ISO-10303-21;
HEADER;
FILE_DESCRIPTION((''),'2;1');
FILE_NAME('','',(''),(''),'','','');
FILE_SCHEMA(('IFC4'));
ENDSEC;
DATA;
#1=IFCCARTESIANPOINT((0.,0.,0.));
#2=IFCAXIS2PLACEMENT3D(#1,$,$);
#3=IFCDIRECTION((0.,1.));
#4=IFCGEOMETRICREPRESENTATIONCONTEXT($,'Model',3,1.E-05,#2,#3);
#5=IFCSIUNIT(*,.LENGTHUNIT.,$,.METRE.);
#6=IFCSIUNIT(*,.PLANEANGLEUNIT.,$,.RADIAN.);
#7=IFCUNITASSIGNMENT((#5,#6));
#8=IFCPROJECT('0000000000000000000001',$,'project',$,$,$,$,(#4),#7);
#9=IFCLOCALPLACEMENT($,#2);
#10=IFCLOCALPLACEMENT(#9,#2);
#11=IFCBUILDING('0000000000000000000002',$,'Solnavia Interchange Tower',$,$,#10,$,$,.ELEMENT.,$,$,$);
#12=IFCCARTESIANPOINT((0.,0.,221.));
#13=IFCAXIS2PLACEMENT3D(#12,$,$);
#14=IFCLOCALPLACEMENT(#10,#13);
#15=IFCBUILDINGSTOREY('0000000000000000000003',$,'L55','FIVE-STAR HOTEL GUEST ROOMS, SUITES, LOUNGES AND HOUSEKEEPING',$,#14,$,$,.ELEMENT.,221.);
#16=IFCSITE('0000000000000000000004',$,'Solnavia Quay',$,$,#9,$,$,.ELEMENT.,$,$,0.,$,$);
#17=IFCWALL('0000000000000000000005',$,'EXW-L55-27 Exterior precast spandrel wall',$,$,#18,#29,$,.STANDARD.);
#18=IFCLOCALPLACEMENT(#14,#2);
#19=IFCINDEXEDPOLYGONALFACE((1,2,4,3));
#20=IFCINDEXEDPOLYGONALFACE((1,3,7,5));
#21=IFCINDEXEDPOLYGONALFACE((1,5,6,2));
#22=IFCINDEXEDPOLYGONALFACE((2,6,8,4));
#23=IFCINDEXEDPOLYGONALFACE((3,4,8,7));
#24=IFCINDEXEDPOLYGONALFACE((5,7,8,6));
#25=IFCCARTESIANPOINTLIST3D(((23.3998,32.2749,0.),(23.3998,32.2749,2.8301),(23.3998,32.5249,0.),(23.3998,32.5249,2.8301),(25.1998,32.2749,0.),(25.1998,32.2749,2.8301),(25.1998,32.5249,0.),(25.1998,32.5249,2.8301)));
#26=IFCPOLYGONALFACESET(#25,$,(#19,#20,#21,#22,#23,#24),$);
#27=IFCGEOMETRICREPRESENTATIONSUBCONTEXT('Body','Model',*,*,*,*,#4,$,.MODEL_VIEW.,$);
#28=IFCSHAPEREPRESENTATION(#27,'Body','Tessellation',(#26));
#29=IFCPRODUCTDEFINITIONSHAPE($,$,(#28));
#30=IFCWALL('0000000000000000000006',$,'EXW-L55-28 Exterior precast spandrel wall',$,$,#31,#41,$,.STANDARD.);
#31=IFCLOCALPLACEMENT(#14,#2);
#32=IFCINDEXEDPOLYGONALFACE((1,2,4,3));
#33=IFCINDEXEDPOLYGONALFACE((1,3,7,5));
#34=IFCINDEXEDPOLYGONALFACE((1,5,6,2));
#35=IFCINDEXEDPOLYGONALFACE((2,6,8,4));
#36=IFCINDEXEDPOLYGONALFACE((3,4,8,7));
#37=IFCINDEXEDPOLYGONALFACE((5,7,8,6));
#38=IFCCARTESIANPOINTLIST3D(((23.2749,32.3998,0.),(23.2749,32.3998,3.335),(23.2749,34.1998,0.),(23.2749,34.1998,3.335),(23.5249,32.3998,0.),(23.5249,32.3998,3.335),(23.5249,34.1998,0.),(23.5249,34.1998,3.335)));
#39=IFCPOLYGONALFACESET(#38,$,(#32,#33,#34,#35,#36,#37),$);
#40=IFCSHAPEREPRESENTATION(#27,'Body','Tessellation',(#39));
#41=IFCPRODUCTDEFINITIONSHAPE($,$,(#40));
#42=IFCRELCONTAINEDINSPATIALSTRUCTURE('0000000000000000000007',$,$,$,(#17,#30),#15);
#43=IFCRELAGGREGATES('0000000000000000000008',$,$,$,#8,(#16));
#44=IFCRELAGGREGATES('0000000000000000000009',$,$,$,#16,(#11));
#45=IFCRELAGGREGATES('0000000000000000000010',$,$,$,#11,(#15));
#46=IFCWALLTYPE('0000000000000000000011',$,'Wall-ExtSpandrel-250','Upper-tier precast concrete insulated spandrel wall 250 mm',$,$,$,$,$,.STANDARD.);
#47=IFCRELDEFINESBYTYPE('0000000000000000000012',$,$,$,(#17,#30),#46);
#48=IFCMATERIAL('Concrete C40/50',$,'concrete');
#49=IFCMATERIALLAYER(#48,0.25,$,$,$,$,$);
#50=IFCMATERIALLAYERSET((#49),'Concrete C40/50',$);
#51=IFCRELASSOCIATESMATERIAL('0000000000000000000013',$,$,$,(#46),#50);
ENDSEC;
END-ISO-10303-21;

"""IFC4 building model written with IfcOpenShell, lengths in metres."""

from ifc_helpers import new_model, si_unit, direction, frame, frame_2d, origin, place, context, subcontext, project, spatial, rectangle, extrude, material, layer, layer_set, type_object, element, save


model = new_model("IFC4")

# Units and contexts
model_context = context("Model", 3, precision=1e-05, world=origin(), true_north=direction((0.0, 1.0)))
body_context = subcontext(model_context, "Body", "Model", "MODEL_VIEW")
ifc_project = project(units=[si_unit("LENGTHUNIT", "METRE"), si_unit("PLANEANGLEUNIT", "RADIAN")], contexts=[model_context])

# Site, building, storey
site_placement = place(None, origin())
site = spatial("IfcSite", under=ifc_project, at=site_placement, Name="Solnavia Quay", CompositionType="ELEMENT", RefElevation=0.0)
building_placement = place(site_placement, origin())
building = spatial("IfcBuilding", under=site, at=building_placement, Name="Solnavia Interchange Tower", CompositionType="ELEMENT")
storey_placement = place(building_placement, frame((0.0, 0.0, 221.0)))
storey = spatial("IfcBuildingStorey", under=building, at=storey_placement, Name="L55", Description="FIVE-STAR HOTEL GUEST ROOMS, SUITES, LOUNGES AND HOUSEKEEPING", CompositionType="ELEMENT", Elevation=221.0)

# Shared definitions
ifc_material_1 = material(Name="Concrete C40/50", Category="concrete")
ifc_layer = layer(ifc_material_1, 0.25)
ifc_layer_set = layer_set([ifc_layer], Name="Concrete C40/50")
wall_type = type_object("IfcWallType", Name="Wall-ExtSpandrel-250", Description="Upper-tier precast concrete insulated spandrel wall 250 mm", PredefinedType="STANDARD", material=ifc_layer_set)

# Walls
wall_1_placement = place(storey_placement, frame((23.3999, 32.3999, 0.0), z_axis=(0.0, 0.0, 1.0), x_axis=(1.0, 0.0, 0.0)))
element("IfcWall", 1, at=wall_1_placement, inside=storey, type_object=wall_type, Name="EXW-L55-27 Exterior precast spandrel wall", PredefinedType="STANDARD", context=body_context, shape_type="SweptSolid", body=[
    extrude(rectangle(XDim=1.8, YDim=0.25, at=frame_2d((0.8999, 0.0))), origin(), (0.0, 0.0, 1.0), 2.8301),
])
wall_2_placement = place(storey_placement, frame((23.3999, 32.3999, 0.0), z_axis=(0.0, 0.0, 1.0), x_axis=(0.0, 1.0, 0.0)))
element("IfcWall", 2, at=wall_2_placement, inside=storey, type_object=wall_type, Name="EXW-L55-28 Exterior precast spandrel wall", PredefinedType="STANDARD", context=body_context, shape_type="SweptSolid", body=[
    extrude(rectangle(XDim=1.8, YDim=0.25, at=frame_2d((0.8999, 0.0))), origin(), (0.0, 0.0, 1.0), 3.335),
])

save(model, "model.ifc")
